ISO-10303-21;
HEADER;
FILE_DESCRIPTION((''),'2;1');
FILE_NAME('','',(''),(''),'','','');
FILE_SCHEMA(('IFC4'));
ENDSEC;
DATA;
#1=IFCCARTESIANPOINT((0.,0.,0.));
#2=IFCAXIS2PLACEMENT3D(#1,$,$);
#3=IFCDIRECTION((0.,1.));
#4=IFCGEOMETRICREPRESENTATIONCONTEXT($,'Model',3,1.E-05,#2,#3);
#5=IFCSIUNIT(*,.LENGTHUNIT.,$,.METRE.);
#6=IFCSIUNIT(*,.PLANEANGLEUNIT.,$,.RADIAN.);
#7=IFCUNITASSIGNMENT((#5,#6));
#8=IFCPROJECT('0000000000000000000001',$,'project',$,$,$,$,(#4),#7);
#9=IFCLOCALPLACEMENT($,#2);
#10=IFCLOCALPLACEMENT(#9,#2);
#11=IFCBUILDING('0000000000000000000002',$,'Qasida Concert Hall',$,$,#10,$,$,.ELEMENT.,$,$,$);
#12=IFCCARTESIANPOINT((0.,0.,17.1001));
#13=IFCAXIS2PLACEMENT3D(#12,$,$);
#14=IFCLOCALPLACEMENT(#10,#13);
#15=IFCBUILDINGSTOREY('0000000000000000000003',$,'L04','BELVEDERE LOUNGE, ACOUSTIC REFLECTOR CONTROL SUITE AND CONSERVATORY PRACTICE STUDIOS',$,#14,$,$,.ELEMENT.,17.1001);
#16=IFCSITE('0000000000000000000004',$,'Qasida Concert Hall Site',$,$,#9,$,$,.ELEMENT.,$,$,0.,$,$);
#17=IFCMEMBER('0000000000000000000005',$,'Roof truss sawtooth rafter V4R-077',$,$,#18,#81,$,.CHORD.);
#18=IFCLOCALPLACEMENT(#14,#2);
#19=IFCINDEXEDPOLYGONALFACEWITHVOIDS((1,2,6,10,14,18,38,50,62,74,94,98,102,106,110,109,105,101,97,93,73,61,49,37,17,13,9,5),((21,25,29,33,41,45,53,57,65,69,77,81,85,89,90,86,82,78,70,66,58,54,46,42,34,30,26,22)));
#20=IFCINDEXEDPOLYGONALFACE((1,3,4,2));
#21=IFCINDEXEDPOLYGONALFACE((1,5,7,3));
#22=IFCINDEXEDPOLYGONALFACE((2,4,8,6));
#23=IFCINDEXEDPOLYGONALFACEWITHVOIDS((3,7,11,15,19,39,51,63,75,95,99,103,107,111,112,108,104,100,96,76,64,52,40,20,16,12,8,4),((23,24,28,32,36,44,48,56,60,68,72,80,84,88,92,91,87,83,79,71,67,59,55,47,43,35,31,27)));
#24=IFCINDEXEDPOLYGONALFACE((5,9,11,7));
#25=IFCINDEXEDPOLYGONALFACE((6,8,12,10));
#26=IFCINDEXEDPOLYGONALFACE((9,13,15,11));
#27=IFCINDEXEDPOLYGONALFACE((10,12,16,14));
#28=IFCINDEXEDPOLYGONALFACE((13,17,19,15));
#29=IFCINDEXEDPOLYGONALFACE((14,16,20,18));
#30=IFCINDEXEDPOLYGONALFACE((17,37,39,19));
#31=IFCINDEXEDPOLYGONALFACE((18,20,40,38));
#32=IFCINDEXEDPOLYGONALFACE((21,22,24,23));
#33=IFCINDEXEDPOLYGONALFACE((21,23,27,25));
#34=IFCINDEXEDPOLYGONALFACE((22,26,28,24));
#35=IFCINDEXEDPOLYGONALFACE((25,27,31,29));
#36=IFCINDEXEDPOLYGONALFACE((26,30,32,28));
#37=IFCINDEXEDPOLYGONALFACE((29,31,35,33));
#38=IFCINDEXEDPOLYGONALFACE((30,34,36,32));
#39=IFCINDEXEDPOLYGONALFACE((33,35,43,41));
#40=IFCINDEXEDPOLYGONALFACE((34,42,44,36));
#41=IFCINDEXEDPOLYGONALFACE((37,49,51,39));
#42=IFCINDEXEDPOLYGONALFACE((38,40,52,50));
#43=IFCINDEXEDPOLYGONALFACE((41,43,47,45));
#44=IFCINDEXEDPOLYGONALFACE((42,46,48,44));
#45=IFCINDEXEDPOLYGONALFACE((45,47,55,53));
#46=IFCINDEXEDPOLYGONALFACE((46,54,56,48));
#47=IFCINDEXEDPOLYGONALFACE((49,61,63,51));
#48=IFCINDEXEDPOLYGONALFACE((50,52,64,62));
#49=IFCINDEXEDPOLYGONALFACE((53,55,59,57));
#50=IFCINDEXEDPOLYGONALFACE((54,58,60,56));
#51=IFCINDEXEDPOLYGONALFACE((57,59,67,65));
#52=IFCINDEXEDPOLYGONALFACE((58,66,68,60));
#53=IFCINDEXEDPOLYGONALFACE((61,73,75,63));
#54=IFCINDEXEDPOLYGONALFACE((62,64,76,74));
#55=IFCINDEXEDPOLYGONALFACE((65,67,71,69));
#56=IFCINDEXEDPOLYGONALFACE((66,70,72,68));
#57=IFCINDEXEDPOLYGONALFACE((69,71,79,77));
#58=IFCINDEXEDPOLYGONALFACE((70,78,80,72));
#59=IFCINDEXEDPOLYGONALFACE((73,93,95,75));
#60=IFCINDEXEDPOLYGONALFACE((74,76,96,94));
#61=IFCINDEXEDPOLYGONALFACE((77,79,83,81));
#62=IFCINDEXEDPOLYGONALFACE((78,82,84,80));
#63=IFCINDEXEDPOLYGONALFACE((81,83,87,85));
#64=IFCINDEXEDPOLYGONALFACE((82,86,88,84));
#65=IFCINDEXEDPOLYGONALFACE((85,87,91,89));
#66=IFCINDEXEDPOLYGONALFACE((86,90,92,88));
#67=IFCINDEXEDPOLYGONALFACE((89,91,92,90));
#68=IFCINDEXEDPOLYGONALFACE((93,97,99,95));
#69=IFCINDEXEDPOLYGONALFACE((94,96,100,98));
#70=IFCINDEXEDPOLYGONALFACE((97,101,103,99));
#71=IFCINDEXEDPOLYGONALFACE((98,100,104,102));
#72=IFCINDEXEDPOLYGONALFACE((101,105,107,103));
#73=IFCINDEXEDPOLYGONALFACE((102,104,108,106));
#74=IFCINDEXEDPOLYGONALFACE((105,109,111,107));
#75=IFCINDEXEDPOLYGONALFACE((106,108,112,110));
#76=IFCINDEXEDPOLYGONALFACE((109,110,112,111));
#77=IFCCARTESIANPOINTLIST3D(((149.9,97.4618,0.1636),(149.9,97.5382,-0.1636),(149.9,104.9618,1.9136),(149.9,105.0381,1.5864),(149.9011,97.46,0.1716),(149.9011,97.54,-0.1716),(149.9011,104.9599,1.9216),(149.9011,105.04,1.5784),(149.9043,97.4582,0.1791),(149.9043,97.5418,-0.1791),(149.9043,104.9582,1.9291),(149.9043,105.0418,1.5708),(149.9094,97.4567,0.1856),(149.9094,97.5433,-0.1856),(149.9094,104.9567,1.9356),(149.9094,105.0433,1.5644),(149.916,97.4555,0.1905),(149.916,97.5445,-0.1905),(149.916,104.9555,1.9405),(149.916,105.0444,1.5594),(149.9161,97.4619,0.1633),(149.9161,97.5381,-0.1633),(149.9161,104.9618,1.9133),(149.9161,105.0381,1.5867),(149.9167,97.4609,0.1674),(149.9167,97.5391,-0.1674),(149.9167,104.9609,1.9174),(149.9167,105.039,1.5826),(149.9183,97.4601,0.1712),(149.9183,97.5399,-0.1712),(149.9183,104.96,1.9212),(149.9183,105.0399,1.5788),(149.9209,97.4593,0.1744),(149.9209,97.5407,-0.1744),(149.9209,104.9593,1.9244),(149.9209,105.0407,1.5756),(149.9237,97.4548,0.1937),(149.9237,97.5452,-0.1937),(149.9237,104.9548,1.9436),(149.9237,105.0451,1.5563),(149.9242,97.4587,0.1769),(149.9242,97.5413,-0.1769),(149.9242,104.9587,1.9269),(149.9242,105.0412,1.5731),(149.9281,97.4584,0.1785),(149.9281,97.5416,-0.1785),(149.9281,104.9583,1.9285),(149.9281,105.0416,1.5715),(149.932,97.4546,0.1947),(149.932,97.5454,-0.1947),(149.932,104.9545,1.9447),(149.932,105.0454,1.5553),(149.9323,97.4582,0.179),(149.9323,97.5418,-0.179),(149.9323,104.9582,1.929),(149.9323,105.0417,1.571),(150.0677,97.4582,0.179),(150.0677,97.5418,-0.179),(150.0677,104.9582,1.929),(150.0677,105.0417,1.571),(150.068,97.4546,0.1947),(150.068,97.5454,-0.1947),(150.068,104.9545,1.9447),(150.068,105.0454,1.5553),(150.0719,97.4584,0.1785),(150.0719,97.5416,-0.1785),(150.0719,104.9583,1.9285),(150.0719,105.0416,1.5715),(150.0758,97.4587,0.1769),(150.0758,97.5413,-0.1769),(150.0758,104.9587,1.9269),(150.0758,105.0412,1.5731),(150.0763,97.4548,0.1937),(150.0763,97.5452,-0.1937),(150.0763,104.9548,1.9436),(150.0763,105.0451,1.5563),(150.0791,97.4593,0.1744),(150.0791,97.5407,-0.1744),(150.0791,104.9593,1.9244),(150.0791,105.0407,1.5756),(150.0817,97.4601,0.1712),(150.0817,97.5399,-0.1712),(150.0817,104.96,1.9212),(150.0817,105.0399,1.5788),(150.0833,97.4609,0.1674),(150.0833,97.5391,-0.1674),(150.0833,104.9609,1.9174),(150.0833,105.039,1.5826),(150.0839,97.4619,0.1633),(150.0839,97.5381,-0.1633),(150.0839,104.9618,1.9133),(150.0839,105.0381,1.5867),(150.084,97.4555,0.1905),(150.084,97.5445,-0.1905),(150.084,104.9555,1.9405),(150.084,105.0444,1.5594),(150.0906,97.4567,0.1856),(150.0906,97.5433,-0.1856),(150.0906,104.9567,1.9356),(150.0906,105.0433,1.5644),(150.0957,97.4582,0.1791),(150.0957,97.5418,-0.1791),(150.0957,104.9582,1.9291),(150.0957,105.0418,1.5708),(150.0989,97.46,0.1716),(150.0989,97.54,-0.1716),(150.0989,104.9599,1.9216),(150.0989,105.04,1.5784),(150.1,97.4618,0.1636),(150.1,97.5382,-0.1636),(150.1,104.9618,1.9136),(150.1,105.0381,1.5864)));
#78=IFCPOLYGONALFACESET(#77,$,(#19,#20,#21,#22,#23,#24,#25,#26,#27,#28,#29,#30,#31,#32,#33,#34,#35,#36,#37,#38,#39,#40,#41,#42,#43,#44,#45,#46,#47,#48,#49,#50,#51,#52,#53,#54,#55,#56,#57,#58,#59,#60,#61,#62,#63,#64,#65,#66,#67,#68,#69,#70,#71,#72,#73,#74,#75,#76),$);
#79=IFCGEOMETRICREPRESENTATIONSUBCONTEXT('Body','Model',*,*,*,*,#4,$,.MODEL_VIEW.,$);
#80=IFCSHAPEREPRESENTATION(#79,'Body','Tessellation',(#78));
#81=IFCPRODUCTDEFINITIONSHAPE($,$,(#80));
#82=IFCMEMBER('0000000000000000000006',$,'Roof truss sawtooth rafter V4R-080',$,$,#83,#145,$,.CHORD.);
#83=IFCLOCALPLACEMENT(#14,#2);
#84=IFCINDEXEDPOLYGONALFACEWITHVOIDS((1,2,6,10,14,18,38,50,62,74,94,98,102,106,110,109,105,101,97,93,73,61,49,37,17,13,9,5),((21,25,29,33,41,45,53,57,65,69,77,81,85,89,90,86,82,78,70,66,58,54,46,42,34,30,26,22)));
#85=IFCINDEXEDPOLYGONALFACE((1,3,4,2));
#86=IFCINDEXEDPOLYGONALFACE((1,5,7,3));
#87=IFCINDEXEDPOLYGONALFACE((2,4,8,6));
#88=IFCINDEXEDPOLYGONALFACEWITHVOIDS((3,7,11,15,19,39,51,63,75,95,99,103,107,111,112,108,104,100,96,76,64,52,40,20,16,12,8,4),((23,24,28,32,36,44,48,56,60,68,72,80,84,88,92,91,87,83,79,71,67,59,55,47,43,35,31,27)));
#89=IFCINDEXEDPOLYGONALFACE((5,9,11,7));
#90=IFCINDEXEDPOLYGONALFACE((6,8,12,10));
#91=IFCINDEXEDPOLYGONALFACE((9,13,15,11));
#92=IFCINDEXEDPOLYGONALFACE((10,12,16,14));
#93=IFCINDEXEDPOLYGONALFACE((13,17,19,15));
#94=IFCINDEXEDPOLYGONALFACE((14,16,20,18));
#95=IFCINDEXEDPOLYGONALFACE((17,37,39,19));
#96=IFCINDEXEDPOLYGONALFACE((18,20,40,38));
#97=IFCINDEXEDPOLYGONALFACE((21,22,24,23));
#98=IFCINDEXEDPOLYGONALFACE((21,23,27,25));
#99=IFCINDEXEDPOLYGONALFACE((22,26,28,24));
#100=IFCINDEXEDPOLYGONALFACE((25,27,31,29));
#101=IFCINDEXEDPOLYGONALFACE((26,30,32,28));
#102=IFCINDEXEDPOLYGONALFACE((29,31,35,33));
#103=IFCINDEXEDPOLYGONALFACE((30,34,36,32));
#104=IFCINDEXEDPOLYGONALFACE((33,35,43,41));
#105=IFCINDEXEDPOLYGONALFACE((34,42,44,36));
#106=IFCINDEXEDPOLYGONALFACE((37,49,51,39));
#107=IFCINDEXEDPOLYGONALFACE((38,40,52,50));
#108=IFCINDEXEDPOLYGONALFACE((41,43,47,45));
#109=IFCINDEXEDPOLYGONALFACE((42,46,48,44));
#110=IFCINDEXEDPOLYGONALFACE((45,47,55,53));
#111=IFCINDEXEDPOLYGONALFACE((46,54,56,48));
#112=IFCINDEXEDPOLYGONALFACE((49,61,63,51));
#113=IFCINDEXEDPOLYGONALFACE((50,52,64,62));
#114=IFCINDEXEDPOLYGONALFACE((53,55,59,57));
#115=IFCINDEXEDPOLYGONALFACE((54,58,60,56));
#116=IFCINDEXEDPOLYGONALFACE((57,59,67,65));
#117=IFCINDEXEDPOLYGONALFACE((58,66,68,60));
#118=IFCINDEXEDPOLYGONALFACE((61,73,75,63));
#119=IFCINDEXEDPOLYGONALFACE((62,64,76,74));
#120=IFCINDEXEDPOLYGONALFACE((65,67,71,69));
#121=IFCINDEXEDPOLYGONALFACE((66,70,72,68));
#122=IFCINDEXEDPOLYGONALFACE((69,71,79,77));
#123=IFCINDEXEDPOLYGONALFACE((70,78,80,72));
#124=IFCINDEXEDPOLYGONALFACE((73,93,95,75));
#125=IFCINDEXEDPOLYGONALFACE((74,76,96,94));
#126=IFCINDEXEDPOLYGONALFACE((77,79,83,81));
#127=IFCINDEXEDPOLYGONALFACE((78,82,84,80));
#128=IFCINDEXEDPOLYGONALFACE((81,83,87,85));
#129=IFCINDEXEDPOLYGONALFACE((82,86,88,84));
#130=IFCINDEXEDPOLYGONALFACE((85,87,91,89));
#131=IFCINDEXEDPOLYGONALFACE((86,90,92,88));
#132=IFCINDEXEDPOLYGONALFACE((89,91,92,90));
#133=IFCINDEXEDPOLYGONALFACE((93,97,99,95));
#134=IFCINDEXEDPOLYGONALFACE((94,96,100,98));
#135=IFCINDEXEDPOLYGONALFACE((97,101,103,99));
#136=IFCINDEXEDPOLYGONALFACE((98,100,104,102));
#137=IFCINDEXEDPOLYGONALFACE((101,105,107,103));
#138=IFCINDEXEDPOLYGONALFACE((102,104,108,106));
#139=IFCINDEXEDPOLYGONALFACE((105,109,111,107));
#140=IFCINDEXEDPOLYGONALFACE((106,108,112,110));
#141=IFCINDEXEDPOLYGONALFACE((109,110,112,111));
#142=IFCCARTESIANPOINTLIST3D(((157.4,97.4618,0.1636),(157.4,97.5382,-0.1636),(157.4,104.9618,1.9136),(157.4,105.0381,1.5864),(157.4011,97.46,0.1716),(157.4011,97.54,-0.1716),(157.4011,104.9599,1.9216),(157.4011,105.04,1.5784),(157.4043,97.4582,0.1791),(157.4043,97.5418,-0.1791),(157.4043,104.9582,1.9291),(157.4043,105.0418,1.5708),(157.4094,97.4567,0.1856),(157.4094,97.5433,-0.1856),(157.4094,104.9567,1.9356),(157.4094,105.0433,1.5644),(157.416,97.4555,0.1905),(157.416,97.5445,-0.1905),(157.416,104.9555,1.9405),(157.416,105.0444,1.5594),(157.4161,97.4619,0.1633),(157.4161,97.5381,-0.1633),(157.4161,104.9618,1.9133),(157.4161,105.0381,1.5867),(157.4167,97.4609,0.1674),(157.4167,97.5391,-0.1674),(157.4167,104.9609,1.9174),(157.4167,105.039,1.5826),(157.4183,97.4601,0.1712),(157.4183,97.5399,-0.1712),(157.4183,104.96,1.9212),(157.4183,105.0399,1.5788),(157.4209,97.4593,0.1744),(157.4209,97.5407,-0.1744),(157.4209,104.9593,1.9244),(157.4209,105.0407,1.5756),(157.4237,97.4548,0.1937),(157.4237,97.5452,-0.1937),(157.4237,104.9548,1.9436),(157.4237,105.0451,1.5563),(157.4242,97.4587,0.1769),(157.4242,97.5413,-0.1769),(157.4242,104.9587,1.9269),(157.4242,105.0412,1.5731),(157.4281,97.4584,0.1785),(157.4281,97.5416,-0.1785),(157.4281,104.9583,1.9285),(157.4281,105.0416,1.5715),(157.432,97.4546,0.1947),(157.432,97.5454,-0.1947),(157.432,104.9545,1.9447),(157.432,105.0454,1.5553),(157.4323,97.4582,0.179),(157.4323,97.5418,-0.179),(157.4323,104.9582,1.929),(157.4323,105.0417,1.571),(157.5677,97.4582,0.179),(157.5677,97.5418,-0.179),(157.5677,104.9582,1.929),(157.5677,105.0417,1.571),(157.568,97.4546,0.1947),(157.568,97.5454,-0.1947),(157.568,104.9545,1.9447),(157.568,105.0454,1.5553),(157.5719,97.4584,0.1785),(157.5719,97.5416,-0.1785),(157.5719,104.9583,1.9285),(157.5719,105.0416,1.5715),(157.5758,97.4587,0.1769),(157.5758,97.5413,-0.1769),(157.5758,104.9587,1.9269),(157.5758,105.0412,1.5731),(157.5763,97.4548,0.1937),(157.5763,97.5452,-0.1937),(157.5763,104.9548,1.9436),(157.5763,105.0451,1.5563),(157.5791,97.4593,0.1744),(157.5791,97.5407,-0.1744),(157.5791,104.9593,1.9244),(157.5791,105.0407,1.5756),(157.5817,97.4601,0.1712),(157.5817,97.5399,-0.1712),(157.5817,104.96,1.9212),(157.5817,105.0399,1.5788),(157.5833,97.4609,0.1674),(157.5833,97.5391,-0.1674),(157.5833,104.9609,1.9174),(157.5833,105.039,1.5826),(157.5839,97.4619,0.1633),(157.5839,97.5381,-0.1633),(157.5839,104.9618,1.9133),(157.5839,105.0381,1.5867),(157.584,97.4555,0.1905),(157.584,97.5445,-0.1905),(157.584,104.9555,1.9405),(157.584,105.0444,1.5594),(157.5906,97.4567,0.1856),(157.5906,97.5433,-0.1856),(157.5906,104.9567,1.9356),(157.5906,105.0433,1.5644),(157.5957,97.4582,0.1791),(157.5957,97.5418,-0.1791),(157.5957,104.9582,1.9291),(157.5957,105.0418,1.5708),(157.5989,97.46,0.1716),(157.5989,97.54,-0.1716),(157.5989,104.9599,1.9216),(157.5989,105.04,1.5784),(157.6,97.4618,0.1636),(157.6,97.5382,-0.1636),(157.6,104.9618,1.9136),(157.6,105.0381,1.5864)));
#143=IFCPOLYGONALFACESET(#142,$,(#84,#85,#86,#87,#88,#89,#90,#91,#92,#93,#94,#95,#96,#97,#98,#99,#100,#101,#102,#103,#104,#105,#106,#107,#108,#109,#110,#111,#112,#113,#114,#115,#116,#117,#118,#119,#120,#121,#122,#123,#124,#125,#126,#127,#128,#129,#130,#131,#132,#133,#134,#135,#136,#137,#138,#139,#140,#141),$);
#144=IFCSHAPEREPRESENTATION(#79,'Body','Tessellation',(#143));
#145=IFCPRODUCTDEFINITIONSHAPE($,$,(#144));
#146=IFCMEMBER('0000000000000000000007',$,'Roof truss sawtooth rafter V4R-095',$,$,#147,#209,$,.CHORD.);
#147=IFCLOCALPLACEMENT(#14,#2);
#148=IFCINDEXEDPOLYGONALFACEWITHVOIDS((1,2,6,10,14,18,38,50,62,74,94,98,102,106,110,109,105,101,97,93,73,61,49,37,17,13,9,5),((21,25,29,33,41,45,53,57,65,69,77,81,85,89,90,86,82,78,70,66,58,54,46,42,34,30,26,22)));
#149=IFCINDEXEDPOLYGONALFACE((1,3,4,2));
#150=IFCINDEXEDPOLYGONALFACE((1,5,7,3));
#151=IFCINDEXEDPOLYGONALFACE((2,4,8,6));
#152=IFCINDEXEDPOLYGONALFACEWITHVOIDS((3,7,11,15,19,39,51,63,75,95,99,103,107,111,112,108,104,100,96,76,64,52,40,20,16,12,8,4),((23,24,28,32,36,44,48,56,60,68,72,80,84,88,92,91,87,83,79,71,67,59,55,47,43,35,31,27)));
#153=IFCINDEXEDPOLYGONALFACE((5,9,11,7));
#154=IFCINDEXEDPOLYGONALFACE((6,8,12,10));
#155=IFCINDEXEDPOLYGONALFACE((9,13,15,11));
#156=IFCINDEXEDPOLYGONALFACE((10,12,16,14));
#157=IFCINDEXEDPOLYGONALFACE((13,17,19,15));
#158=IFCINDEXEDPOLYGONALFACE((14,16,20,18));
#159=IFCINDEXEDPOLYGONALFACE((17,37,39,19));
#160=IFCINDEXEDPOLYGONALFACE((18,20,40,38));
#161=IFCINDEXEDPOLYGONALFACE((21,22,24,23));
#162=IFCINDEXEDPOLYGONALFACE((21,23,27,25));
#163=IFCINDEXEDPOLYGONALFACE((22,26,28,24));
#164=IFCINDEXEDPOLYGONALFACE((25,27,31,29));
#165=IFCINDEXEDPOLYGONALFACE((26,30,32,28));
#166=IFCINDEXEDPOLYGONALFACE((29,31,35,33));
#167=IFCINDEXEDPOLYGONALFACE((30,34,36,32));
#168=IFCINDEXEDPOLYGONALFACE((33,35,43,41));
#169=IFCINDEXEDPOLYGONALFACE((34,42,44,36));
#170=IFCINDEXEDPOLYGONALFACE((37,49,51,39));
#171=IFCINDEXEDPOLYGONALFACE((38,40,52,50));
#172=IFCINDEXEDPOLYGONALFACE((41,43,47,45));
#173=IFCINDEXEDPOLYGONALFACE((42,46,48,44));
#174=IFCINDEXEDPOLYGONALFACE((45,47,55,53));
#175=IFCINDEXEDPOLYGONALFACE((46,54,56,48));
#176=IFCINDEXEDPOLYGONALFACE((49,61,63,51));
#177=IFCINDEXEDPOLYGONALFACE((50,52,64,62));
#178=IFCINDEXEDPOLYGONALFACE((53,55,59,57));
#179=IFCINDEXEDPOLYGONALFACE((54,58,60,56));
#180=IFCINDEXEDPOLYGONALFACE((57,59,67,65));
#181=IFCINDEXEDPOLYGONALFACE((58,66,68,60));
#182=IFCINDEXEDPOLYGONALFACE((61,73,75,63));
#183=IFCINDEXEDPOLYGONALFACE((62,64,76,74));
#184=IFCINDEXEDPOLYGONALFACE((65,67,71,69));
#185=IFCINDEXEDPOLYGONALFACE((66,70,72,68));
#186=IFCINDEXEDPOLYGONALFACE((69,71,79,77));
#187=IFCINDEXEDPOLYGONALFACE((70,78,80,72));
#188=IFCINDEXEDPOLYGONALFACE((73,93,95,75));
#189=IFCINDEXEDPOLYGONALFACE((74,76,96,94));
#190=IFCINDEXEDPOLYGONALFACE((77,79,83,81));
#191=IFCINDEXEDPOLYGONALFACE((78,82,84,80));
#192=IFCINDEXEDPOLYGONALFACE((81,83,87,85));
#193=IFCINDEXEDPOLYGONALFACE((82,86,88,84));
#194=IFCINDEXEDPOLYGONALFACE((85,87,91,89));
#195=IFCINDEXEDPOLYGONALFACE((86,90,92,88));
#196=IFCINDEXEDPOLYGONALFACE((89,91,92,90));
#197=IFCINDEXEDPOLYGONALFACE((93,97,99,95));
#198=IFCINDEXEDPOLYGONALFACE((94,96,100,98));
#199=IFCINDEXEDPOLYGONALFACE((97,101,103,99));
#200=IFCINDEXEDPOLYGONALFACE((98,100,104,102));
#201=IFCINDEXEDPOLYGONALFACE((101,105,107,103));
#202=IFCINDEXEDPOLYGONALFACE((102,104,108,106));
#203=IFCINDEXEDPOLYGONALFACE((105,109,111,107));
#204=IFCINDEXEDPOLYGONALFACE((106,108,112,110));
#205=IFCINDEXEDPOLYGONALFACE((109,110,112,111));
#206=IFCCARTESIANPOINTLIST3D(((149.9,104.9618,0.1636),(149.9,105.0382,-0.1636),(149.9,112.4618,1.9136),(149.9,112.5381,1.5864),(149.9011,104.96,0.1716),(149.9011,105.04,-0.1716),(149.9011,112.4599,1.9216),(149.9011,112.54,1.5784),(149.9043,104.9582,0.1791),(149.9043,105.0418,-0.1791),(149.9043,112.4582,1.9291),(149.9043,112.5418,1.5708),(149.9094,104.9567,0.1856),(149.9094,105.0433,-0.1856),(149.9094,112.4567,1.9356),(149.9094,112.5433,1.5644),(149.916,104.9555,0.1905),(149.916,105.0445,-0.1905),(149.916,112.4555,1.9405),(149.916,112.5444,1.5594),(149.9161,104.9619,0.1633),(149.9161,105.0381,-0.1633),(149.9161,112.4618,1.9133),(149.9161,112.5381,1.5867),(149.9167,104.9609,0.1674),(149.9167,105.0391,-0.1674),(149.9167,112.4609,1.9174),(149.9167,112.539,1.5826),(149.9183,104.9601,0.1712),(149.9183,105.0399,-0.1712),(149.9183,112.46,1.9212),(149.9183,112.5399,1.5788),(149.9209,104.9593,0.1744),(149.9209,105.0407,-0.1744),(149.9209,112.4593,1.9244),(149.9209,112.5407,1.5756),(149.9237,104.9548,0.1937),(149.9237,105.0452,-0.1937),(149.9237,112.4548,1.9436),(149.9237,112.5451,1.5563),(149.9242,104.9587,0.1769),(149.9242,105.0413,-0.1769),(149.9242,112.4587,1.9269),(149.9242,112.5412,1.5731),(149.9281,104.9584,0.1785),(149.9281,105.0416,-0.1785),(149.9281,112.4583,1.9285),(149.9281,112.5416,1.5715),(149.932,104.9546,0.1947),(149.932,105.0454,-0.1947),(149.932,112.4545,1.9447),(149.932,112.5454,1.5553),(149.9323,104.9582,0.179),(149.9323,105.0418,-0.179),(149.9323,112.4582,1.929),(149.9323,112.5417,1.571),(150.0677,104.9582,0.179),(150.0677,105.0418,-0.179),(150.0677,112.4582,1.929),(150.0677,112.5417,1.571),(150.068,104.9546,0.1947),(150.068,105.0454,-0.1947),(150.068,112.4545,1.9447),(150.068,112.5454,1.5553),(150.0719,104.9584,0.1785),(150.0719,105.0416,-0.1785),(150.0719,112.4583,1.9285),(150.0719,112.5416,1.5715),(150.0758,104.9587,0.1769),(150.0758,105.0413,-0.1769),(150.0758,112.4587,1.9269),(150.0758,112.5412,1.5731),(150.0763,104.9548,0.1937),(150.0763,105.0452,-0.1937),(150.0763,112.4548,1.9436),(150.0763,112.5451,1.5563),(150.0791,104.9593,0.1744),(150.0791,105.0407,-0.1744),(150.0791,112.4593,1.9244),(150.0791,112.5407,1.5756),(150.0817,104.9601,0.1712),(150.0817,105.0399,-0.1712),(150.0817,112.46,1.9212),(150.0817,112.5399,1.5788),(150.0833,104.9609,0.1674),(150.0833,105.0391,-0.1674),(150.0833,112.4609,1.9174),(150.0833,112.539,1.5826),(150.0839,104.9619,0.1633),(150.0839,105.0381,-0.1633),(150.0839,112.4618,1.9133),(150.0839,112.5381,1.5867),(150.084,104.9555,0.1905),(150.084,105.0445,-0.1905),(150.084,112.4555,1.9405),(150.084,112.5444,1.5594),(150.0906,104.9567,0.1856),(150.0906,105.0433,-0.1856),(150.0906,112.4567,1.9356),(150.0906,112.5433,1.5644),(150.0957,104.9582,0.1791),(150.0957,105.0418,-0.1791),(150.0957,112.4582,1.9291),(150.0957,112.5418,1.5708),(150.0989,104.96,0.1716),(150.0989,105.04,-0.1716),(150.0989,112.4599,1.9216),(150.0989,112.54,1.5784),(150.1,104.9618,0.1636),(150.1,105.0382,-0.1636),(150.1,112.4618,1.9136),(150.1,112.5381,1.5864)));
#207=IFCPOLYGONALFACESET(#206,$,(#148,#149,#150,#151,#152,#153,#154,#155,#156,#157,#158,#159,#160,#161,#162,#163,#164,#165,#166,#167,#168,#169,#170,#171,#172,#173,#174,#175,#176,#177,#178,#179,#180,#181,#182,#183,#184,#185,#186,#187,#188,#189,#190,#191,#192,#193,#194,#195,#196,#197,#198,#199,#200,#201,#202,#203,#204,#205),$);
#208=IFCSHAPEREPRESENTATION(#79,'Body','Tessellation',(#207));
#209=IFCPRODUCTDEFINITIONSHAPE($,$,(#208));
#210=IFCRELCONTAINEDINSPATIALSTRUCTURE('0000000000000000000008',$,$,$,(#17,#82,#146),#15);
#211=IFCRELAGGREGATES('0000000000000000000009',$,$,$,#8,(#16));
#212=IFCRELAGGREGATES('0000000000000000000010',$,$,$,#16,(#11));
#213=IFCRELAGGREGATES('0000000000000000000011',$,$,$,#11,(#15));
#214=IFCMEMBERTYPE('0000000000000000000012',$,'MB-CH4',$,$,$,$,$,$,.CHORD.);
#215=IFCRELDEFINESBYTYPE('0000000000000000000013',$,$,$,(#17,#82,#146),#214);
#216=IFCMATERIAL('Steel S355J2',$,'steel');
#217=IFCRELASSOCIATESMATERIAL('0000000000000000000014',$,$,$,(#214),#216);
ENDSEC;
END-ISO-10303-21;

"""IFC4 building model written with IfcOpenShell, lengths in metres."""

from ifc_helpers import new_model, si_unit, direction, frame, origin, origin_2d, place, context, subcontext, project, spatial, hollow_rectangle, extrude, material, material_profile, profile_set, type_object, element, save


model = new_model("IFC4")

# Units and contexts
model_context = context("Model", 3, precision=1e-05, world=origin(), true_north=direction((0.0, 1.0)))
body_context = subcontext(model_context, "Body", "Model", "MODEL_VIEW")
ifc_project = project(units=[si_unit("LENGTHUNIT", "METRE"), si_unit("PLANEANGLEUNIT", "RADIAN")], contexts=[model_context])

# Site, building, storey
site_placement = place(None, origin())
site = spatial("IfcSite", under=ifc_project, at=site_placement, Name="Qasida Concert Hall Site", CompositionType="ELEMENT", RefElevation=0.0)
building_placement = place(site_placement, origin())
building = spatial("IfcBuilding", under=site, at=building_placement, Name="Qasida Concert Hall", CompositionType="ELEMENT")
storey_placement = place(building_placement, frame((0.0, 0.0, 17.1001)))
storey = spatial("IfcBuildingStorey", under=building, at=storey_placement, Name="L04", Description="BELVEDERE LOUNGE, ACOUSTIC REFLECTOR CONTROL SUITE AND CONSERVATORY PRACTICE STUDIOS", CompositionType="ELEMENT", Elevation=17.1001)

# Members
ifc_material = material(Name="Steel S355J2", Category="steel")
ifc_material_profile_1 = material_profile(ifc_material, hollow_rectangle(XDim=0.2, YDim=0.3999, WallThickness=0.0161, InnerFilletRadius=0.0161, OuterFilletRadius=0.032, at=origin_2d()), Name="RHS 400x200x16")
ifc_profile_set_1 = profile_set([ifc_material_profile_1], Name="Steel S355J2")
member_type_1 = type_object("IfcMemberType", Name="MB-CH4", PredefinedType="CHORD", material=ifc_profile_set_1)
for number, where, z_axis, x_axis, name in (
    (1, (150.0, 97.5, 0.0), (0.0, 0.973841, 0.22723), (-1.0, 0.0, 0.0), "Roof truss sawtooth rafter V4R-077"),
    (2, (157.5, 97.5, 0.0), (0.0, 0.973841, 0.22723), (-1.0, 0.0, 0.0), "Roof truss sawtooth rafter V4R-080"),
    (3, (150.0, 105.0, 0.0), (0.0, 0.973841, 0.22723), (-1.0, 0.0, 0.0), "Roof truss sawtooth rafter V4R-095"),
):
    element("IfcMember", number, at=place(storey_placement, frame(where, z_axis=z_axis, x_axis=x_axis)), inside=storey, type_object=member_type_1, Name=name, PredefinedType="CHORD", context=body_context, shape_type="SweptSolid", body=[
        extrude(hollow_rectangle(XDim=0.2, YDim=0.3999, WallThickness=0.0161, InnerFilletRadius=0.0161, OuterFilletRadius=0.032, at=origin_2d()), origin(), (0.0, 0.0, 1.0), 7.7014),
    ])

save(model, "model.ifc")
